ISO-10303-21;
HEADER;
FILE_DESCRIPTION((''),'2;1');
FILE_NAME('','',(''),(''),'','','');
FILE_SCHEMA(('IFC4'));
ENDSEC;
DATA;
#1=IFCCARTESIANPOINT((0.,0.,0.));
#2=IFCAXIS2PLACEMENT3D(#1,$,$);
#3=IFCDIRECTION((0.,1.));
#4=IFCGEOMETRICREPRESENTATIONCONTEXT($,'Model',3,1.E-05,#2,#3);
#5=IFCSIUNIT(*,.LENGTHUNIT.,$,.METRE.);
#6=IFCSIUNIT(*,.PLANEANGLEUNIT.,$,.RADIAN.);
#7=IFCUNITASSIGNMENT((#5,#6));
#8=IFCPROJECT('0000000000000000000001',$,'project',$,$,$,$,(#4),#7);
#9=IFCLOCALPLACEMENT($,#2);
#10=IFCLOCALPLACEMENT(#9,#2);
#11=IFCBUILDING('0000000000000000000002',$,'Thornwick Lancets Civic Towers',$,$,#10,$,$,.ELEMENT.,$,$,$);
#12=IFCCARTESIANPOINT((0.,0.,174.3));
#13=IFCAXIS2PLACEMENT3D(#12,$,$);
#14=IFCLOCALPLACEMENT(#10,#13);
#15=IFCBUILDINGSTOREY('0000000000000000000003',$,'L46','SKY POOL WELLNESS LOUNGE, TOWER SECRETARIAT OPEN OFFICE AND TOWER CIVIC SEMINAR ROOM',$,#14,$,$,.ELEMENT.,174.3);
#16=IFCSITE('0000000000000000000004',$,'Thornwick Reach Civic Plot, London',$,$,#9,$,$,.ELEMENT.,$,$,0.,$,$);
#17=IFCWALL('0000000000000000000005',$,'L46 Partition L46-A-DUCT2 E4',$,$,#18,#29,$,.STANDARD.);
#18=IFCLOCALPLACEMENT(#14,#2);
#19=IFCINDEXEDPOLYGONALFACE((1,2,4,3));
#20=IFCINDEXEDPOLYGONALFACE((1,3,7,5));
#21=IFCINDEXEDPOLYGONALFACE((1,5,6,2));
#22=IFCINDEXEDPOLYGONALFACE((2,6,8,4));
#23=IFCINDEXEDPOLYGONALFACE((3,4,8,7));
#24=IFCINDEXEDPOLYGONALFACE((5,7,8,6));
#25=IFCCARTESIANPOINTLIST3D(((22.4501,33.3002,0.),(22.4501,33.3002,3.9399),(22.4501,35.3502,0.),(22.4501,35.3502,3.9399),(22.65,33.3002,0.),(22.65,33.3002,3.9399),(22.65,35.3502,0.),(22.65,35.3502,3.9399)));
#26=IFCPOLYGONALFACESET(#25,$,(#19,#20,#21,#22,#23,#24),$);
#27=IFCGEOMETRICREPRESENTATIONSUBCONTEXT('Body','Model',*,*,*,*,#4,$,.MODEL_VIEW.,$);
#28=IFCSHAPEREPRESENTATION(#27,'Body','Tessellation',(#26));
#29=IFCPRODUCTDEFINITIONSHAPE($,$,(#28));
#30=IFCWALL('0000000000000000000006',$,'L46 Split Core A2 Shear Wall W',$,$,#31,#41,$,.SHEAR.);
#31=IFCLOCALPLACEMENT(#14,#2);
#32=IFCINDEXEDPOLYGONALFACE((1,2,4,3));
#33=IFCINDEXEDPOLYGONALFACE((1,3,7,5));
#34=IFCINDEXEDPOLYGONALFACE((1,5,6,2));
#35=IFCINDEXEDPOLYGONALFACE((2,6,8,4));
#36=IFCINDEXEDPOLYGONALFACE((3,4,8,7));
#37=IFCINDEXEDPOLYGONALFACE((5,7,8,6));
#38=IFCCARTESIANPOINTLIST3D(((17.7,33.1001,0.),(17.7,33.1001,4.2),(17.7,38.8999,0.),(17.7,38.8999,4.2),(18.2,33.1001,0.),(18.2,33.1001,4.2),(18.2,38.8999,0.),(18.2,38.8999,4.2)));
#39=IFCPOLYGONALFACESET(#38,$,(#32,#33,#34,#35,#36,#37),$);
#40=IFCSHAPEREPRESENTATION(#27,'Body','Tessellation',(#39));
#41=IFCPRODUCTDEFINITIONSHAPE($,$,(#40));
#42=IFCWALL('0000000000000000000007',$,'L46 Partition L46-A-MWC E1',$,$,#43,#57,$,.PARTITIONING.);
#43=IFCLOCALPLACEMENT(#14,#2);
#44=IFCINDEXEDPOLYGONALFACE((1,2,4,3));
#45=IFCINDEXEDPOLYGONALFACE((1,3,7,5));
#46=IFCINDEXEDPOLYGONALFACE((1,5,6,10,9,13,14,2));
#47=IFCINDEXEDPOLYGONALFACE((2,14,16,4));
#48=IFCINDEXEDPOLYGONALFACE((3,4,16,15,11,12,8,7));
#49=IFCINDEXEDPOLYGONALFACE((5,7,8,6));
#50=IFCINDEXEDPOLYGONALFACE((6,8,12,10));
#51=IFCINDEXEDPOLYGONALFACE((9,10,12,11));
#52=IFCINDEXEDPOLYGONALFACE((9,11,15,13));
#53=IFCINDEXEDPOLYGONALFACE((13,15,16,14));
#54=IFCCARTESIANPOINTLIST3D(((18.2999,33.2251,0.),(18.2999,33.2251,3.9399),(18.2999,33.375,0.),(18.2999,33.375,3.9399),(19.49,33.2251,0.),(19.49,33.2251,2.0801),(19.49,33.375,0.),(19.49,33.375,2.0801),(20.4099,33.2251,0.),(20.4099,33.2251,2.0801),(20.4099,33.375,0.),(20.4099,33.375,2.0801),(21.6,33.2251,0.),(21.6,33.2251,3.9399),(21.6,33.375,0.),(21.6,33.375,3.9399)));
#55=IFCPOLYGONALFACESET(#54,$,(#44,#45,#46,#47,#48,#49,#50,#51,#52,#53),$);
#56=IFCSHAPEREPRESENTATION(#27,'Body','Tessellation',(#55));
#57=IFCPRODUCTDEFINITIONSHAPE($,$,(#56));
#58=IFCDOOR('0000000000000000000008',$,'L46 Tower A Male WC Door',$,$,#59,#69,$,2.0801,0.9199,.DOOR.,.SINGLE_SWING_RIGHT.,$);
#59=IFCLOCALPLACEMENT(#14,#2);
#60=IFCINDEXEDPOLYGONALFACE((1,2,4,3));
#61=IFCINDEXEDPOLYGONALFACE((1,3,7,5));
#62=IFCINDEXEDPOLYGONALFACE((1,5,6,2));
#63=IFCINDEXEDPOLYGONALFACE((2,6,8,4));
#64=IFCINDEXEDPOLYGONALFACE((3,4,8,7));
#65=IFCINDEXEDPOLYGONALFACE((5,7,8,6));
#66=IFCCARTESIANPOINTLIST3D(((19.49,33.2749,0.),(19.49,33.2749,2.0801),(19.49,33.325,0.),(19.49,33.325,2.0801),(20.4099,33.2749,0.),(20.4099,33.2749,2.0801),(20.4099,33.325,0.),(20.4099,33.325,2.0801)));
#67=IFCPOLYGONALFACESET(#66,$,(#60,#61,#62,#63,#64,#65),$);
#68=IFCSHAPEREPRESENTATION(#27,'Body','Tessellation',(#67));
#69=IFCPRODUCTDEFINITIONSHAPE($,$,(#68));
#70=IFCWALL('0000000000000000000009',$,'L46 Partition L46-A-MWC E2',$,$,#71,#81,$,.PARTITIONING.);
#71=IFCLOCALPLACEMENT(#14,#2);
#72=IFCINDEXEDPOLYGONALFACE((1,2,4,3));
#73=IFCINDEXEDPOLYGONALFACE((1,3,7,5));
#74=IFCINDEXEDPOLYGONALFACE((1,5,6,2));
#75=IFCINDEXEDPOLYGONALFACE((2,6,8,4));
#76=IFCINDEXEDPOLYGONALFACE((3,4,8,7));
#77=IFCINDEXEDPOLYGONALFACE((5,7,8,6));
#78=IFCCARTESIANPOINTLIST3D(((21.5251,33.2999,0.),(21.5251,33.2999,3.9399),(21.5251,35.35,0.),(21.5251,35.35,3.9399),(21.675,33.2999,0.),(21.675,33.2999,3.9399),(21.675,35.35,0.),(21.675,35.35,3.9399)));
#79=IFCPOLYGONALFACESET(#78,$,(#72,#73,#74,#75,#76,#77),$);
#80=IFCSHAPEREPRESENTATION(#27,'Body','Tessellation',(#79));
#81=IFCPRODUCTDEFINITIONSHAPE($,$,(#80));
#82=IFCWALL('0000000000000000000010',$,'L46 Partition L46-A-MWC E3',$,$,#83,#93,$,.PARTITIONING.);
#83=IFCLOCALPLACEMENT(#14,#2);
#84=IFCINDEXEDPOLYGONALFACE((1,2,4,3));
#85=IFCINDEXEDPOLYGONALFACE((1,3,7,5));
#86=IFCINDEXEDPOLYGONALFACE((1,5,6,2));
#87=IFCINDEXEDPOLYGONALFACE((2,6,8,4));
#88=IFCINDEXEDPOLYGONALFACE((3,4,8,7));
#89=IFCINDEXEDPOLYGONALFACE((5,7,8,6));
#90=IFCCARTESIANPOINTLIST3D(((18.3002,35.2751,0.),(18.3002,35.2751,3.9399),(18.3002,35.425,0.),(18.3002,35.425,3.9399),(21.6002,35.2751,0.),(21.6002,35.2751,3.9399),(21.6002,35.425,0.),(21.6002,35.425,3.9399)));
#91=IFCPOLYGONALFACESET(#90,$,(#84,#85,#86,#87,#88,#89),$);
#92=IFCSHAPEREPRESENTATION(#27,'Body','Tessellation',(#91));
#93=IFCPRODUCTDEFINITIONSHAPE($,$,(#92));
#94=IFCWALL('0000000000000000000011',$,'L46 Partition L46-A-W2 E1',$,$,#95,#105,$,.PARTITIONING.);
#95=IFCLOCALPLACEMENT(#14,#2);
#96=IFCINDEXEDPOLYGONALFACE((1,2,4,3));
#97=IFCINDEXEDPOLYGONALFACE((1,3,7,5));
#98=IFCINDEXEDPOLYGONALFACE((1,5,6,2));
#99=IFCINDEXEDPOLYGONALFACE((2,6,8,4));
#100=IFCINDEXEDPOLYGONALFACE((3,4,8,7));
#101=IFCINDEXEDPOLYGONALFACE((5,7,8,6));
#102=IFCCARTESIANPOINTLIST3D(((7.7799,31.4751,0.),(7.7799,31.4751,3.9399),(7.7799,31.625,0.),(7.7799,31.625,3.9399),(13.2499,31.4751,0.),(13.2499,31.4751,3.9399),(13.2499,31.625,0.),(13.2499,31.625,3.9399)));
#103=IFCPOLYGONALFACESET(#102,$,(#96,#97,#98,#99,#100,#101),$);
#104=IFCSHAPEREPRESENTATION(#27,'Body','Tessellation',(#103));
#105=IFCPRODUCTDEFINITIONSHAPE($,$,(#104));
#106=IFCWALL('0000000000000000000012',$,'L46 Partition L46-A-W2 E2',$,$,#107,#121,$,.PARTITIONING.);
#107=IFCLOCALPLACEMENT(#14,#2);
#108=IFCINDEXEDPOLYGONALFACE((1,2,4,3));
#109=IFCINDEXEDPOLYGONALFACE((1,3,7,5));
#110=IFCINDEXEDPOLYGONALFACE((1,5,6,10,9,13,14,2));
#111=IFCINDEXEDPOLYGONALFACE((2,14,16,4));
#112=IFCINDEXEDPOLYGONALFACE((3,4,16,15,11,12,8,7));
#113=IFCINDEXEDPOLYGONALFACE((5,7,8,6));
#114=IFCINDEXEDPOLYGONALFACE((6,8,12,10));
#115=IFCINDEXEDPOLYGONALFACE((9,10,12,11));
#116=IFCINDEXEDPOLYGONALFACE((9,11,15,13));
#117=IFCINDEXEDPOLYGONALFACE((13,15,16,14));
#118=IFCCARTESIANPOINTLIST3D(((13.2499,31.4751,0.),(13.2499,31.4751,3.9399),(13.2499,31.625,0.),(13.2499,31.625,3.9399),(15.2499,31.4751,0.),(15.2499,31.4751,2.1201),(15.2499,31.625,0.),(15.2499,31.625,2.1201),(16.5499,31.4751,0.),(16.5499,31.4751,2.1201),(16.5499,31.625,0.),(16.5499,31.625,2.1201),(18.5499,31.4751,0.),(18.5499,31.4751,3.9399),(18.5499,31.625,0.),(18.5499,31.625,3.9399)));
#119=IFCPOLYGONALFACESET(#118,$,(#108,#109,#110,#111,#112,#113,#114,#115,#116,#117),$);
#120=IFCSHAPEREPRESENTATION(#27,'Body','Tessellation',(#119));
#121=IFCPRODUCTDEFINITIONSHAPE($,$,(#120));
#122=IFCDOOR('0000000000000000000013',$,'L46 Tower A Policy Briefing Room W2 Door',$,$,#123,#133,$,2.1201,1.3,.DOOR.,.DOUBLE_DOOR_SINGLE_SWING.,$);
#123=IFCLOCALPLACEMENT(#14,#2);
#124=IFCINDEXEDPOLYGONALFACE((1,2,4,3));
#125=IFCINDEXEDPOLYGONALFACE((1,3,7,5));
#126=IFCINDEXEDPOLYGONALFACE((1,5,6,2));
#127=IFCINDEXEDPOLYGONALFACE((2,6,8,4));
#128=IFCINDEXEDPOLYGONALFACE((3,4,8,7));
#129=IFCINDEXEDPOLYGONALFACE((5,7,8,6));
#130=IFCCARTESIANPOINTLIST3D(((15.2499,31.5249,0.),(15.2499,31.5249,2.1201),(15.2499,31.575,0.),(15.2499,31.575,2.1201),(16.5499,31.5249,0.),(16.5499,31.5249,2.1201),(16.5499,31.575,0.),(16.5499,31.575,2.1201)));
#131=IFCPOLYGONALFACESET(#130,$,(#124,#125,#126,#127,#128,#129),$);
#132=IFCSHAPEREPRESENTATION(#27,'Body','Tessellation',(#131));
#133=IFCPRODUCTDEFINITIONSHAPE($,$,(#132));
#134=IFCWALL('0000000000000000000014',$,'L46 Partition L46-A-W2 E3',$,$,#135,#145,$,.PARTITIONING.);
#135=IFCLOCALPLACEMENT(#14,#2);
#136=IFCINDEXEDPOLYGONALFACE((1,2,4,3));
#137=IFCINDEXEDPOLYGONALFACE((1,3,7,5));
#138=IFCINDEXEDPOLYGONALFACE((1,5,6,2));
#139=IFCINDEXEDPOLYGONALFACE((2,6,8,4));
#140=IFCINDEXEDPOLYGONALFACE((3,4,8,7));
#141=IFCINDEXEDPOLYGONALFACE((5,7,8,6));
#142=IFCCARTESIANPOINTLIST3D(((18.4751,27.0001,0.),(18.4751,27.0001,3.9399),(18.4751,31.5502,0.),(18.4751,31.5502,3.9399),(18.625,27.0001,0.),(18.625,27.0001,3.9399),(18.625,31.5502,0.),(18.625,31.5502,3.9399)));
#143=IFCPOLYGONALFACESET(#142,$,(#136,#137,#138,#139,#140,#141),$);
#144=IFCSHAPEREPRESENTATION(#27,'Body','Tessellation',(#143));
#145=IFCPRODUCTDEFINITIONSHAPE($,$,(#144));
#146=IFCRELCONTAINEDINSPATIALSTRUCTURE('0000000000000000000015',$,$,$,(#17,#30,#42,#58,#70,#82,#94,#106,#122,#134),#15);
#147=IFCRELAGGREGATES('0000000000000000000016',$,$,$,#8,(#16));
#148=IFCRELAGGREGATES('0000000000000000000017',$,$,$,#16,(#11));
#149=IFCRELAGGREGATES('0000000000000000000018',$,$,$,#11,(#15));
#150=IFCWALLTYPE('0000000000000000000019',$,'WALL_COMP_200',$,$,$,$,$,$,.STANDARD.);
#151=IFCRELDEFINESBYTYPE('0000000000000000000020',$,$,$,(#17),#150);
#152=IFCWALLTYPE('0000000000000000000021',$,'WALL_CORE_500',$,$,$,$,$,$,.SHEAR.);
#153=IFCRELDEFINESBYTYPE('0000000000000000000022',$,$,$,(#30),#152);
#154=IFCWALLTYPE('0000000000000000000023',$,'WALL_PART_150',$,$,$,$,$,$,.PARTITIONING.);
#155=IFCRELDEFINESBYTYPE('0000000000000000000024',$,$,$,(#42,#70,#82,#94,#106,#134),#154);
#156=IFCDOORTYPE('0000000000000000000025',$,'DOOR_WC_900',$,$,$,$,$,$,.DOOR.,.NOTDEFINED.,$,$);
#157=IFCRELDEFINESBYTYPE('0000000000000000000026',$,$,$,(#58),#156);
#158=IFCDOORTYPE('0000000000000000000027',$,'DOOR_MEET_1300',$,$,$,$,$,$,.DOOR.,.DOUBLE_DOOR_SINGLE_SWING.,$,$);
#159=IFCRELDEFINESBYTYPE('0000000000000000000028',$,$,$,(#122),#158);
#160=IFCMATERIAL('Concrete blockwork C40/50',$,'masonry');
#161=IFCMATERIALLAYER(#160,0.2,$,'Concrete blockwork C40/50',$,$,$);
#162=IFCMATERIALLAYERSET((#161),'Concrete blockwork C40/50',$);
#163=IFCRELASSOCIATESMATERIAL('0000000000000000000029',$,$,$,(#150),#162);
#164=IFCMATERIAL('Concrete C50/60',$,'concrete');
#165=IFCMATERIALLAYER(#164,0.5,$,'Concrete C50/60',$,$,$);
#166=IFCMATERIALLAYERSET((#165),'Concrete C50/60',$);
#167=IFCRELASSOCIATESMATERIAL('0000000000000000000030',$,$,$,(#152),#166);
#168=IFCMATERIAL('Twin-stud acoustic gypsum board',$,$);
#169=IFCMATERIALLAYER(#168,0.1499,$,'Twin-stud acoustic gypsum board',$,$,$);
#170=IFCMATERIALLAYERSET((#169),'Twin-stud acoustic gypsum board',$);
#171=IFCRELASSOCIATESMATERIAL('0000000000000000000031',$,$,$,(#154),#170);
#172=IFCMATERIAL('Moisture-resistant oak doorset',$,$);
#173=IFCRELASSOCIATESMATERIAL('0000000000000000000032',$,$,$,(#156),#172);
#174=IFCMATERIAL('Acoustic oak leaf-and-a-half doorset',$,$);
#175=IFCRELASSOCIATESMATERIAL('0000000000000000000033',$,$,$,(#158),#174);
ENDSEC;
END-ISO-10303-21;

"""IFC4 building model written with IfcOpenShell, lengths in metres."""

from ifc_helpers import new_model, si_unit, direction, frame, frame_2d, origin, place, context, subcontext, project, spatial, rectangle, extrude, material, layer, layer_set, type_object, element, fill, save


model = new_model("IFC4")

# Units and contexts
model_context = context("Model", 3, precision=1e-05, world=origin(), true_north=direction((0.0, 1.0)))
body_context = subcontext(model_context, "Body", "Model", "MODEL_VIEW")
ifc_project = project(units=[si_unit("LENGTHUNIT", "METRE"), si_unit("PLANEANGLEUNIT", "RADIAN")], contexts=[model_context])

# Site, building, storey
site_placement = place(None, origin())
site = spatial("IfcSite", under=ifc_project, at=site_placement, Name="Thornwick Reach Civic Plot, London", CompositionType="ELEMENT", RefElevation=0.0)
building_placement = place(site_placement, origin())
building = spatial("IfcBuilding", under=site, at=building_placement, Name="Thornwick Lancets Civic Towers", CompositionType="ELEMENT")
storey_placement = place(building_placement, frame((0.0, 0.0, 174.3)))
storey = spatial("IfcBuildingStorey", under=building, at=storey_placement, Name="L46", Description="SKY POOL WELLNESS LOUNGE, TOWER SECRETARIAT OPEN OFFICE AND TOWER CIVIC SEMINAR ROOM", CompositionType="ELEMENT", Elevation=174.3)

# Shared definitions
ifc_material_1 = material(Name="Concrete C50/60", Category="concrete")

# Shared definitions
ifc_material_2 = material(Name="Concrete blockwork C40/50", Category="masonry")
ifc_layer_1 = layer(ifc_material_2, 0.2, Name="Concrete blockwork C40/50")
ifc_layer_set_1 = layer_set([ifc_layer_1], Name="Concrete blockwork C40/50")
wall_type_1 = type_object("IfcWallType", Name="WALL_COMP_200", PredefinedType="STANDARD", material=ifc_layer_set_1)

# Walls
wall_1_placement = place(storey_placement, frame((22.55, 35.3501, 0.0), z_axis=(0.0, 0.0, 1.0), x_axis=(0.0, -1.0, 0.0)))
element("IfcWall", 1, at=wall_1_placement, inside=storey, type_object=wall_type_1, Name="L46 Partition L46-A-DUCT2 E4", PredefinedType="STANDARD", context=body_context, shape_type="SweptSolid", body=[
    extrude(rectangle(XDim=2.05, YDim=0.2, at=frame_2d((1.0249, 0.0))), origin(), (0.0, 0.0, 1.0), 3.9399),
])
ifc_layer_2 = layer(ifc_material_1, 0.5, Name="Concrete C50/60")
ifc_layer_set_2 = layer_set([ifc_layer_2], Name="Concrete C50/60")
wall_type_2 = type_object("IfcWallType", Name="WALL_CORE_500", PredefinedType="SHEAR", material=ifc_layer_set_2)
wall_2_placement = place(storey_placement, frame((17.95, 33.1001, 0.0), z_axis=(0.0, 0.0, 1.0), x_axis=(0.0, 1.0, 0.0)))
element("IfcWall", 2, at=wall_2_placement, inside=storey, type_object=wall_type_2, Name="L46 Split Core A2 Shear Wall W", PredefinedType="SHEAR", context=body_context, shape_type="SweptSolid", body=[
    extrude(rectangle(XDim=5.7998, YDim=0.5, at=frame_2d((2.8999, 0.0))), origin(), (0.0, 0.0, 1.0), 4.2),
])

# Wall, opening, door
ifc_material_3 = material(Name="Twin-stud acoustic gypsum board")
ifc_layer_3 = layer(ifc_material_3, 0.1499, Name="Twin-stud acoustic gypsum board")
ifc_layer_set_3 = layer_set([ifc_layer_3], Name="Twin-stud acoustic gypsum board")
wall_type_3 = type_object("IfcWallType", Name="WALL_PART_150", PredefinedType="PARTITIONING", material=ifc_layer_set_3)
wall_3_placement = place(storey_placement, frame((18.3, 33.3, 0.0), z_axis=(0.0, 0.0, 1.0), x_axis=(1.0, 0.0, 0.0)))
wall_3 = element("IfcWall", 3, at=wall_3_placement, inside=storey, type_object=wall_type_3, Name="L46 Partition L46-A-MWC E1", PredefinedType="PARTITIONING", context=body_context, shape_type="SweptSolid", body=[
    extrude(rectangle(XDim=3.3, YDim=0.1499, at=frame_2d((1.6499, 0.0))), origin(), (0.0, 0.0, 1.0), 3.9399),
])
opening_1_placement = place(wall_3_placement, frame((1.1899, 0.0, 0.0)))
opening_1 = element("IfcOpeningElement", 4, at=opening_1_placement, cuts=wall_3, PredefinedType="OPENING", context=body_context, shape_type="SweptSolid", body=[
    extrude(rectangle(XDim=0.9199, YDim=2.0801, at=frame_2d((0.46, 1.04))), frame((0.0, 0.085, 0.0), z_axis=(0.0, -1.0, 0.0), x_axis=(1.0, 0.0, 0.0)), (0.0, 0.0, 1.0), 0.1699),
])
ifc_material_4 = material(Name="Moisture-resistant oak doorset")
door_type_1 = type_object("IfcDoorType", Name="DOOR_WC_900", OperationType="NOTDEFINED", PredefinedType="DOOR", material=ifc_material_4)
door_1_placement = place(opening_1_placement, origin())
door_1 = element("IfcDoor", 5, at=door_1_placement, inside=storey, type_object=door_type_1, Name="L46 Tower A Male WC Door", OperationType="SINGLE_SWING_RIGHT", OverallHeight=2.0801, OverallWidth=0.9199, PredefinedType="DOOR", context=body_context, shape_type="SweptSolid", body=[
    extrude(rectangle(XDim=0.9199, YDim=2.0801, at=frame_2d((0.46, 1.04))), frame((0.0, 0.0249, 0.0), z_axis=(0.0, -1.0, 0.0), x_axis=(1.0, 0.0, 0.0)), (0.0, 0.0, 1.0), 0.05),
])
fill(opening_1, door_1)

# Walls
wall_4_placement = place(storey_placement, frame((21.6001, 33.3, 0.0), z_axis=(0.0, 0.0, 1.0), x_axis=(0.0, 1.0, 0.0)))
element("IfcWall", 6, at=wall_4_placement, inside=storey, type_object=wall_type_3, Name="L46 Partition L46-A-MWC E2", PredefinedType="PARTITIONING", context=body_context, shape_type="SweptSolid", body=[
    extrude(rectangle(XDim=2.05, YDim=0.1499, at=frame_2d((1.0249, 0.0))), origin(), (0.0, 0.0, 1.0), 3.9399),
])
wall_5_placement = place(storey_placement, frame((21.6001, 35.3501, 0.0), z_axis=(0.0, 0.0, 1.0), x_axis=(-1.0, 0.0, 0.0)))
element("IfcWall", 7, at=wall_5_placement, inside=storey, type_object=wall_type_3, Name="L46 Partition L46-A-MWC E3", PredefinedType="PARTITIONING", context=body_context, shape_type="SweptSolid", body=[
    extrude(rectangle(XDim=3.3, YDim=0.1499, at=frame_2d((1.6499, 0.0))), origin(), (0.0, 0.0, 1.0), 3.9399),
])
wall_6_placement = place(storey_placement, frame((7.78, 31.55, 0.0), z_axis=(0.0, 0.0, 1.0), x_axis=(1.0, 0.0, 0.0)))
element("IfcWall", 8, at=wall_6_placement, inside=storey, type_object=wall_type_3, Name="L46 Partition L46-A-W2 E1", PredefinedType="PARTITIONING", context=body_context, shape_type="SweptSolid", body=[
    extrude(rectangle(XDim=5.47, YDim=0.1499, at=frame_2d((2.7349, 0.0))), origin(), (0.0, 0.0, 1.0), 3.9399),
])

# Wall, opening, door
wall_7_placement = place(storey_placement, frame((13.25, 31.55, 0.0), z_axis=(0.0, 0.0, 1.0), x_axis=(1.0, 0.0, 0.0)))
wall_7 = element("IfcWall", 9, at=wall_7_placement, inside=storey, type_object=wall_type_3, Name="L46 Partition L46-A-W2 E2", PredefinedType="PARTITIONING", context=body_context, shape_type="SweptSolid", body=[
    extrude(rectangle(XDim=5.3, YDim=0.1499, at=frame_2d((2.6499, 0.0))), origin(), (0.0, 0.0, 1.0), 3.9399),
])
opening_2_placement = place(wall_7_placement, frame((2.0, 0.0, 0.0)))
opening_2 = element("IfcOpeningElement", 10, at=opening_2_placement, cuts=wall_7, PredefinedType="OPENING", context=body_context, shape_type="SweptSolid", body=[
    extrude(rectangle(XDim=1.3, YDim=2.1201, at=frame_2d((0.6499, 1.0601))), frame((0.0, 0.085, 0.0), z_axis=(0.0, -1.0, 0.0), x_axis=(1.0, 0.0, 0.0)), (0.0, 0.0, 1.0), 0.1699),
])
ifc_material_5 = material(Name="Acoustic oak leaf-and-a-half doorset")
door_type_2 = type_object("IfcDoorType", Name="DOOR_MEET_1300", OperationType="DOUBLE_DOOR_SINGLE_SWING", PredefinedType="DOOR", material=ifc_material_5)
door_2_placement = place(opening_2_placement, origin())
door_2 = element("IfcDoor", 11, at=door_2_placement, inside=storey, type_object=door_type_2, Name="L46 Tower A Policy Briefing Room W2 Door", OperationType="DOUBLE_DOOR_SINGLE_SWING", OverallHeight=2.1201, OverallWidth=1.3, PredefinedType="DOOR", context=body_context, shape_type="SweptSolid", body=[
    extrude(rectangle(XDim=1.3, YDim=2.1201, at=frame_2d((0.6499, 1.0601))), frame((0.0, 0.0249, 0.0), z_axis=(0.0, -1.0, 0.0), x_axis=(1.0, 0.0, 0.0)), (0.0, 0.0, 1.0), 0.05),
])
fill(opening_2, door_2)

# Wall
wall_8_placement = place(storey_placement, frame((18.55, 31.55, 0.0), z_axis=(0.0, 0.0, 1.0), x_axis=(0.0, -1.0, 0.0)))
element("IfcWall", 12, at=wall_8_placement, inside=storey, type_object=wall_type_3, Name="L46 Partition L46-A-W2 E3", PredefinedType="PARTITIONING", context=body_context, shape_type="SweptSolid", body=[
    extrude(rectangle(XDim=4.55, YDim=0.1499, at=frame_2d((2.2749, 0.0))), origin(), (0.0, 0.0, 1.0), 3.9399),
])

save(model, "model.ifc")
